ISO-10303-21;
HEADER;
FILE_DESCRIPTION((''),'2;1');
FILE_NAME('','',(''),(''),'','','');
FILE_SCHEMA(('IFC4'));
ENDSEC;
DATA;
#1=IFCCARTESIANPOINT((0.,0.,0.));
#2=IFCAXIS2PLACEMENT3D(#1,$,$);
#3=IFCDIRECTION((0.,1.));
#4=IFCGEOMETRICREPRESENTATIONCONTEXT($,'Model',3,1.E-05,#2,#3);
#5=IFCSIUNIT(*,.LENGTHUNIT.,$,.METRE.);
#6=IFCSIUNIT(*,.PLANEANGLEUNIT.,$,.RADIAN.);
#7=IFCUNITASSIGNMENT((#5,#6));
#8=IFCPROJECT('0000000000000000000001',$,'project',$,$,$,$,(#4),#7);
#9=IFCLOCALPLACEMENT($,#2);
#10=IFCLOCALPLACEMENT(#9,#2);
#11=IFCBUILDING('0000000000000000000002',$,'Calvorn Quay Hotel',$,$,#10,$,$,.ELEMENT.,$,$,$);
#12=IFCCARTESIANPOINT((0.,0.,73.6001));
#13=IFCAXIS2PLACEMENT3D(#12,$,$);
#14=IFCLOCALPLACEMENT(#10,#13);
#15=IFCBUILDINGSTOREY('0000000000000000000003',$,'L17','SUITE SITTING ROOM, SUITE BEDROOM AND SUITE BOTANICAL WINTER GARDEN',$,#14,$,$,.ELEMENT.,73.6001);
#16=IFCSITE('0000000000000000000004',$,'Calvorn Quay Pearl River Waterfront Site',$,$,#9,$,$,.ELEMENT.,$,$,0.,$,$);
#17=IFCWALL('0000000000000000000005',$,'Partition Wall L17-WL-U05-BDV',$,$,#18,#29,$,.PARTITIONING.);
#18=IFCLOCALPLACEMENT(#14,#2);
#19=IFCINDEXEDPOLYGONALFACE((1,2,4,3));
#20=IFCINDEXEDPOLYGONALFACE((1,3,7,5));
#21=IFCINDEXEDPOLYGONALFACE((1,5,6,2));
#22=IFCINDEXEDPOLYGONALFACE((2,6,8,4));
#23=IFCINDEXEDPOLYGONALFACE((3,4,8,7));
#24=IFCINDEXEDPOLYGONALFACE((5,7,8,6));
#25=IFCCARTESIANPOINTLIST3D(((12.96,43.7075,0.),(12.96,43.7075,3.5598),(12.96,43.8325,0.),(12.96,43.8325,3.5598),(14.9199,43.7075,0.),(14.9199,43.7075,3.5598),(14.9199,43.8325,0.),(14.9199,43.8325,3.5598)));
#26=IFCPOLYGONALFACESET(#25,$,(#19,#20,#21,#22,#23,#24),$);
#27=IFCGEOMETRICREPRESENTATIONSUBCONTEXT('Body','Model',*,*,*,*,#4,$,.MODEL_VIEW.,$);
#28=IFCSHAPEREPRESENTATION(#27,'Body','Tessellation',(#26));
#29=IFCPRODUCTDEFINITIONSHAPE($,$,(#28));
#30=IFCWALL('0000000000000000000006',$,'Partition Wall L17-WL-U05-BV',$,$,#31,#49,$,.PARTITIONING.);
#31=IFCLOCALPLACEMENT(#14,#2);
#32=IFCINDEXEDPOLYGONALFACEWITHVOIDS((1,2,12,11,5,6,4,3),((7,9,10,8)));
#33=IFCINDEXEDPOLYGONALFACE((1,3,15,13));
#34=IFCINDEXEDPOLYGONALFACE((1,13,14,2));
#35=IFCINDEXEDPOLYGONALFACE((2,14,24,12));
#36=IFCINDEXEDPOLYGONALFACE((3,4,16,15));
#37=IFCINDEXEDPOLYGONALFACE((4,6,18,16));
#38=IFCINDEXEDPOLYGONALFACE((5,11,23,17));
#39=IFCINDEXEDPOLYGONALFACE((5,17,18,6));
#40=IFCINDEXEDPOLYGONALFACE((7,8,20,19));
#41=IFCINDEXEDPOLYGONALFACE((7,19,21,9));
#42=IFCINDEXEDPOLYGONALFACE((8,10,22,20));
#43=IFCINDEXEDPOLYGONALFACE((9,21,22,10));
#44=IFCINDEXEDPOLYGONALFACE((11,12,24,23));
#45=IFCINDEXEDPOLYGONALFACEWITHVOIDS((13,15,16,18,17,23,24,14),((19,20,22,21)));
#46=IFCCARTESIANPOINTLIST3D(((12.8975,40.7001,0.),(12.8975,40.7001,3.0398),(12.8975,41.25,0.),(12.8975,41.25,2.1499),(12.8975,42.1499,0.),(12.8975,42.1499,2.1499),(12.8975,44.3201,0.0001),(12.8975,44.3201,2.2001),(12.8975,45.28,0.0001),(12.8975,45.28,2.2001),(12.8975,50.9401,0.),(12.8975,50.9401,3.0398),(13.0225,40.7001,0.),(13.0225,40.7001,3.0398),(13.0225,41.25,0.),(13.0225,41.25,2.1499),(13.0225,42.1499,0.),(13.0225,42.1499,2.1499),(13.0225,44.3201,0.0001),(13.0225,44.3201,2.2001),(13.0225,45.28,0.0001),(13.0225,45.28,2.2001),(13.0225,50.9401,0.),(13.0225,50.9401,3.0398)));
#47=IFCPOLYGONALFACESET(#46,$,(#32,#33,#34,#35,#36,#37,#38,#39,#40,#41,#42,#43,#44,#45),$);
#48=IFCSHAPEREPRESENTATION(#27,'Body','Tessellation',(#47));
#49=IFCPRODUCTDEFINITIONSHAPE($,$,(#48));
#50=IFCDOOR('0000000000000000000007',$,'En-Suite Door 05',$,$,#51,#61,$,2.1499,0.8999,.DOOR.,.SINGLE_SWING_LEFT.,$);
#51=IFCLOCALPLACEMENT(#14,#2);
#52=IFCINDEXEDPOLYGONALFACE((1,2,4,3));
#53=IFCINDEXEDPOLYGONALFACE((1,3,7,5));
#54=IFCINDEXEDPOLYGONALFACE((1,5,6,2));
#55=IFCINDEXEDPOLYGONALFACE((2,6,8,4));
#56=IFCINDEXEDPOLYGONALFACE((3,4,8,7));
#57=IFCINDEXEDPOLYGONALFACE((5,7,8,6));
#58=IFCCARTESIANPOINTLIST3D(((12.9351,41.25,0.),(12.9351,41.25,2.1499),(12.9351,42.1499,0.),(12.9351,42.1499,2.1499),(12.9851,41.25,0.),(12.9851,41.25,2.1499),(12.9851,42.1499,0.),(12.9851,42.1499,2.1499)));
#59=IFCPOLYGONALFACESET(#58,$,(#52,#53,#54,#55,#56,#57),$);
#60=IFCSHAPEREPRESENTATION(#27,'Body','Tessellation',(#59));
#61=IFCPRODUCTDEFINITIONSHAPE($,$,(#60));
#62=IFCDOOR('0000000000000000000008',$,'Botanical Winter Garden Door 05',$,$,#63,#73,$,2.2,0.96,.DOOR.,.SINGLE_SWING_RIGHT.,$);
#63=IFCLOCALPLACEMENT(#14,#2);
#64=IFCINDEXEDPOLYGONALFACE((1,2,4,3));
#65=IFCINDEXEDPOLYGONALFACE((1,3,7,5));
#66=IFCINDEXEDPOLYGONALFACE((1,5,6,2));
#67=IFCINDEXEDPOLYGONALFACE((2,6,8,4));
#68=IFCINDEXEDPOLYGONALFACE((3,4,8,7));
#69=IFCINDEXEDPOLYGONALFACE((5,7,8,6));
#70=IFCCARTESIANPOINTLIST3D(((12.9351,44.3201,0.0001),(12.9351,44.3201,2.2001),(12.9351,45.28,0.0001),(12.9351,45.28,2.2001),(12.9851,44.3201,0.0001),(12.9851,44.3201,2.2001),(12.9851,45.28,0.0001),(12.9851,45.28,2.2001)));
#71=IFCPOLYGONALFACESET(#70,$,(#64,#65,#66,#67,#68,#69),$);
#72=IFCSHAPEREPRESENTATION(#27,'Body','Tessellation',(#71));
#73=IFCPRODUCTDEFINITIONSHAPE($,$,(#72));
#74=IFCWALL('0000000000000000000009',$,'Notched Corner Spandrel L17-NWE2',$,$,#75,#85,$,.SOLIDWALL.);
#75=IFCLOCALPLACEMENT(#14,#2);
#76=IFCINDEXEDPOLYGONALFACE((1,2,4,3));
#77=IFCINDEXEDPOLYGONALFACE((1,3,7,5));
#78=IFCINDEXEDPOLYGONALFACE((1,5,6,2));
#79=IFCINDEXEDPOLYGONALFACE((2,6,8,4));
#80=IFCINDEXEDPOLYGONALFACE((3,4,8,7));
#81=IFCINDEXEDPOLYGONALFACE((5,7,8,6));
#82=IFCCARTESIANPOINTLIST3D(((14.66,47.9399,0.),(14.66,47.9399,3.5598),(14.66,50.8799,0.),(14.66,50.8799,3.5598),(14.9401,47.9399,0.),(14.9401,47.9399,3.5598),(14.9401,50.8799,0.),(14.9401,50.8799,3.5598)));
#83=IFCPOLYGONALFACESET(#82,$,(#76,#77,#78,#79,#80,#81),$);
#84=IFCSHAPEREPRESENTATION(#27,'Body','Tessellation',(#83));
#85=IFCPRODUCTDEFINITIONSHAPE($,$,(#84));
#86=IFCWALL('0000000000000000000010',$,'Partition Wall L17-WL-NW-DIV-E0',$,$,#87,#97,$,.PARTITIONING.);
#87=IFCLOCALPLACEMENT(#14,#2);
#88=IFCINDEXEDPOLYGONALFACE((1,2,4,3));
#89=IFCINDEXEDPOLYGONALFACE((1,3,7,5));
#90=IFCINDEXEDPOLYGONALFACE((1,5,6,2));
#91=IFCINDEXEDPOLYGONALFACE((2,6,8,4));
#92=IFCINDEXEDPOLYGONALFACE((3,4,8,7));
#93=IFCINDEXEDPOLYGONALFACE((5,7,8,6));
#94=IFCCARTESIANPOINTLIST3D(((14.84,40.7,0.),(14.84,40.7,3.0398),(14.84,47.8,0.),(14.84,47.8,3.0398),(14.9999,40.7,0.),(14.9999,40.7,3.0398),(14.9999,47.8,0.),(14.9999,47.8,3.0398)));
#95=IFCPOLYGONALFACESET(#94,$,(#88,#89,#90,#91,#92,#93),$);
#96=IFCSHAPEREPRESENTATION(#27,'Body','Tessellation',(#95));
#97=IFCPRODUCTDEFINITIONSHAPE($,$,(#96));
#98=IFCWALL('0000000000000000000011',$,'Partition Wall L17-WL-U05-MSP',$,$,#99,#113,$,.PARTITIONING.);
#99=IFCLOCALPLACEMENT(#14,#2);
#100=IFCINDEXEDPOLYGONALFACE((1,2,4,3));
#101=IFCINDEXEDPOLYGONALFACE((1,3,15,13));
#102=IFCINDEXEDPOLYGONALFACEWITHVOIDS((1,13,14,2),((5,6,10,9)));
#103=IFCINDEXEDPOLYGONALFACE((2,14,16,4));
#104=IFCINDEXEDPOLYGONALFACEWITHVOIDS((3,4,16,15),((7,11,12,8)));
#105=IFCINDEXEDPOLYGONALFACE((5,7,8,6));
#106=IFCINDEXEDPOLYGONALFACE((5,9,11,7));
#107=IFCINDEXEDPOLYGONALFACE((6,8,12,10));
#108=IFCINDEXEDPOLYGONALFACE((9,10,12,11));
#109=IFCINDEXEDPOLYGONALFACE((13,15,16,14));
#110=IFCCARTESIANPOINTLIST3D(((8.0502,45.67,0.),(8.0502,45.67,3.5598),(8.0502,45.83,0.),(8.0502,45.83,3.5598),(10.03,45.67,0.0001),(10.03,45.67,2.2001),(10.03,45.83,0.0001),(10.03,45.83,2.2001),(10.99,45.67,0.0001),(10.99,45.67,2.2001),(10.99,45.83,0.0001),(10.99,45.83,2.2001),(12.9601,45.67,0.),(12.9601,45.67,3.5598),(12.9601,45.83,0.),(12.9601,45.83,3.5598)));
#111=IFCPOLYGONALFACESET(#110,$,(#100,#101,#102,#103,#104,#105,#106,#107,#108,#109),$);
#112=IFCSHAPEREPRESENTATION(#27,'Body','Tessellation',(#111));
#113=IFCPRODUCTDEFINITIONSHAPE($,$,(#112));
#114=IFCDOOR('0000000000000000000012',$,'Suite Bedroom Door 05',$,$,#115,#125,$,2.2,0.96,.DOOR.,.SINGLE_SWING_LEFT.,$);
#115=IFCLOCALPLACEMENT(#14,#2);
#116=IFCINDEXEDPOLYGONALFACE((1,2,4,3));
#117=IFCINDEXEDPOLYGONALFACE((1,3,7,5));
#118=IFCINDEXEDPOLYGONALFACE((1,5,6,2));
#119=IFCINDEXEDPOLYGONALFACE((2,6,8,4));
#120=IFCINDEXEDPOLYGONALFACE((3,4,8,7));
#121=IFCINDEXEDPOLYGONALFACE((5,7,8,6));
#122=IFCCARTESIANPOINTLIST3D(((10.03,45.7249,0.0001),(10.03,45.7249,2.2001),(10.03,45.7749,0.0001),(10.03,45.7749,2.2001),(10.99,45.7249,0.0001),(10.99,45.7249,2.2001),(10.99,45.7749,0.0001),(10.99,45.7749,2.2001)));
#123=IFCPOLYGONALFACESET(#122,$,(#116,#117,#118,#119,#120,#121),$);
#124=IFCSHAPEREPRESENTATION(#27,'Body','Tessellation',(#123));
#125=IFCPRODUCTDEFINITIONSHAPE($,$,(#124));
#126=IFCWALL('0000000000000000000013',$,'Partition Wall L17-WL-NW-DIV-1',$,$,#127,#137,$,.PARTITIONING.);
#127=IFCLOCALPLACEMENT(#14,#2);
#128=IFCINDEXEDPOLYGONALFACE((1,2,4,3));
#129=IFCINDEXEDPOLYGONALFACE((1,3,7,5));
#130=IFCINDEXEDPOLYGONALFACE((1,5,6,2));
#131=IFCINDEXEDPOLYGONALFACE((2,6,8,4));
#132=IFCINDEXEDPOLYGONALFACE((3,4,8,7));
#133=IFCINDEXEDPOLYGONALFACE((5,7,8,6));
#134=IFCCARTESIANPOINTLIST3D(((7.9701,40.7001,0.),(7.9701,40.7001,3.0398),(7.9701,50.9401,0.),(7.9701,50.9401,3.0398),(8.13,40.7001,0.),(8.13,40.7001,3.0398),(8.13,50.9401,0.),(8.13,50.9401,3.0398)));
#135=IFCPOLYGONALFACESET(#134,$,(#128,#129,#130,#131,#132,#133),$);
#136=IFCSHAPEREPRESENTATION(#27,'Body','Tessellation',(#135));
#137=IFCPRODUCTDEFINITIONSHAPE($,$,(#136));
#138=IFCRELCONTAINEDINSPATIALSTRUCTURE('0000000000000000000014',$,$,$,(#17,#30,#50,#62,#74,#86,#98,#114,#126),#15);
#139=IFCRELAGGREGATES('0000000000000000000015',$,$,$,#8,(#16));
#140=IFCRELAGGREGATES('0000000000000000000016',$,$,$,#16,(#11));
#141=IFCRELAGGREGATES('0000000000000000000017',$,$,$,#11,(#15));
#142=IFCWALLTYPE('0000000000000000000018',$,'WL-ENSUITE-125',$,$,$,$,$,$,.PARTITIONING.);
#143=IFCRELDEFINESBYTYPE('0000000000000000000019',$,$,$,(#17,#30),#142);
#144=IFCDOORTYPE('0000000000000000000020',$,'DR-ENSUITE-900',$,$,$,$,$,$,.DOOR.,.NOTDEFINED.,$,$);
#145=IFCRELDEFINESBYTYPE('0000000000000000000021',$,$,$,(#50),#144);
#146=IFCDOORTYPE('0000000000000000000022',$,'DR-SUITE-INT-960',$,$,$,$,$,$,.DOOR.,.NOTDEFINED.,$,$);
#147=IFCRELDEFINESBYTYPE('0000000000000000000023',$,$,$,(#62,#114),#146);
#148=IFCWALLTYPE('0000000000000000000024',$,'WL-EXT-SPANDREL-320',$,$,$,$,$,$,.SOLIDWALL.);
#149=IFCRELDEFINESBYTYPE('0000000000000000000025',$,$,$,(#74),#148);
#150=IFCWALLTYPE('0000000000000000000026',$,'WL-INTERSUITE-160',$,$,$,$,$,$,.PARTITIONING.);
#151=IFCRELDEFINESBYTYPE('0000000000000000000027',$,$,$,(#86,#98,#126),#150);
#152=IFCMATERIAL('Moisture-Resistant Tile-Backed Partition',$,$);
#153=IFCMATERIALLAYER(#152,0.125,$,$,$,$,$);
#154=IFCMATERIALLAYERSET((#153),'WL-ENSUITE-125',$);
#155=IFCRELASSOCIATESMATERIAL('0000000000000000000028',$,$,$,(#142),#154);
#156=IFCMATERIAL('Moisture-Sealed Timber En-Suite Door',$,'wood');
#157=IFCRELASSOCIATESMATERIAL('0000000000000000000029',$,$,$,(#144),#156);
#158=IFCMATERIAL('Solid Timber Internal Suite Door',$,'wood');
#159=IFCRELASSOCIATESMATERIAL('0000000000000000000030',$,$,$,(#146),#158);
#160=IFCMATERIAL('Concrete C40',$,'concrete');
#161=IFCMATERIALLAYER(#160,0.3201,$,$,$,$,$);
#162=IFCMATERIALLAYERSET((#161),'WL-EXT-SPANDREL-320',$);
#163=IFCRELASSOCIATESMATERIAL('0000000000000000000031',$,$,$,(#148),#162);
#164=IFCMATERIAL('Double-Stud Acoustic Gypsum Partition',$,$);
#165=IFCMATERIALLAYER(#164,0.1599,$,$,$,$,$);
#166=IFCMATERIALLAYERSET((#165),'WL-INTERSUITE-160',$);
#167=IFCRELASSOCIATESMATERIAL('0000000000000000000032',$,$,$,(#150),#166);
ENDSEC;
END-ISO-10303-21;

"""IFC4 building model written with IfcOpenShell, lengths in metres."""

from ifc_helpers import new_model, si_unit, direction, frame, frame_2d, origin, place, context, subcontext, project, spatial, rectangle, extrude, material, layer, layer_set, type_object, element, fill, save


model = new_model("IFC4")

# Units and contexts
model_context = context("Model", 3, precision=1e-05, world=origin(), true_north=direction((0.0, 1.0)))
body_context = subcontext(model_context, "Body", "Model", "MODEL_VIEW")
ifc_project = project(units=[si_unit("LENGTHUNIT", "METRE"), si_unit("PLANEANGLEUNIT", "RADIAN")], contexts=[model_context])

# Site, building, storey
site_placement = place(None, origin())
site = spatial("IfcSite", under=ifc_project, at=site_placement, Name="Calvorn Quay Pearl River Waterfront Site", CompositionType="ELEMENT", RefElevation=0.0)
building_placement = place(site_placement, origin())
building = spatial("IfcBuilding", under=site, at=building_placement, Name="Calvorn Quay Hotel", CompositionType="ELEMENT")
storey_placement = place(building_placement, frame((0.0, 0.0, 73.6001)))
storey = spatial("IfcBuildingStorey", under=building, at=storey_placement, Name="L17", Description="SUITE SITTING ROOM, SUITE BEDROOM AND SUITE BOTANICAL WINTER GARDEN", CompositionType="ELEMENT", Elevation=73.6001)

# Shared definitions
ifc_material_1 = material(Name="Moisture-Resistant Tile-Backed Partition")
ifc_layer_1 = layer(ifc_material_1, 0.125)
ifc_layer_set_1 = layer_set([ifc_layer_1], Name="WL-ENSUITE-125")
wall_type_1 = type_object("IfcWallType", Name="WL-ENSUITE-125", PredefinedType="PARTITIONING", material=ifc_layer_set_1)

# Shared definitions
ifc_material_2 = material(Name="Moisture-Sealed Timber En-Suite Door", Category="wood")
door_type_1 = type_object("IfcDoorType", Name="DR-ENSUITE-900", OperationType="NOTDEFINED", PredefinedType="DOOR", material=ifc_material_2)
ifc_material_3 = material(Name="Solid Timber Internal Suite Door", Category="wood")
door_type_2 = type_object("IfcDoorType", Name="DR-SUITE-INT-960", OperationType="NOTDEFINED", PredefinedType="DOOR", material=ifc_material_3)

# Wall
wall_1_placement = place(storey_placement, frame((12.96, 43.77, 0.0), z_axis=(0.0, 0.0, 1.0), x_axis=(1.0, 0.0, 0.0)))
element("IfcWall", 1, at=wall_1_placement, inside=storey, type_object=wall_type_1, Name="Partition Wall L17-WL-U05-BDV", PredefinedType="PARTITIONING", context=body_context, shape_type="SweptSolid", body=[
    extrude(rectangle(XDim=1.96, YDim=0.125, at=frame_2d((0.98, 0.0))), origin(), (0.0, 0.0, 1.0), 3.5598),
])

# Wall, openings, doors
wall_2_placement = place(storey_placement, frame((12.96, 40.7, 0.0), z_axis=(0.0, 0.0, 1.0), x_axis=(0.0, 1.0, 0.0)))
wall_2 = element("IfcWall", 2, at=wall_2_placement, inside=storey, type_object=wall_type_1, Name="Partition Wall L17-WL-U05-BV", PredefinedType="PARTITIONING", context=body_context, shape_type="SweptSolid", body=[
    extrude(rectangle(XDim=10.24, YDim=0.125, at=frame_2d((5.1201, 0.0))), origin(), (0.0, 0.0, 1.0), 3.0398),
])
opening_1_placement = place(wall_2_placement, frame((0.55, 0.0, 0.0)))
opening_1 = element("IfcOpeningElement", 3, at=opening_1_placement, cuts=wall_2, PredefinedType="OPENING", context=body_context, shape_type="SweptSolid", body=[
    extrude(rectangle(XDim=0.8999, YDim=2.1499, at=frame_2d((0.45, 1.075))), frame((0.0, 0.0725, 0.0), z_axis=(0.0, -1.0, 0.0), x_axis=(1.0, 0.0, 0.0)), (0.0, 0.0, 1.0), 0.145),
])
opening_2_placement = place(wall_2_placement, frame((3.6201, 0.0, 0.0)))
opening_2 = element("IfcOpeningElement", 4, at=opening_2_placement, cuts=wall_2, PredefinedType="OPENING", context=body_context, shape_type="SweptSolid", body=[
    extrude(rectangle(XDim=0.96, YDim=2.2, at=frame_2d((0.48, 1.1001))), frame((0.0, 0.0725, 0.0), z_axis=(0.0, -1.0, 0.0), x_axis=(1.0, 0.0, 0.0)), (0.0, 0.0, 1.0), 0.145),
])
door_1_placement = place(opening_1_placement, origin())
door_1 = element("IfcDoor", 5, at=door_1_placement, inside=storey, type_object=door_type_1, Name="En-Suite Door 05", OperationType="SINGLE_SWING_LEFT", OverallHeight=2.1499, OverallWidth=0.8999, PredefinedType="DOOR", context=body_context, shape_type="SweptSolid", body=[
    extrude(rectangle(XDim=0.8999, YDim=2.1499, at=frame_2d((0.45, 1.075))), frame((0.0, 0.0249, 0.0), z_axis=(0.0, -1.0, 0.0), x_axis=(1.0, 0.0, 0.0)), (0.0, 0.0, 1.0), 0.05),
])
fill(opening_1, door_1)
door_2_placement = place(opening_2_placement, origin())
door_2 = element("IfcDoor", 6, at=door_2_placement, inside=storey, type_object=door_type_2, Name="Botanical Winter Garden Door 05", OperationType="SINGLE_SWING_RIGHT", OverallHeight=2.2, OverallWidth=0.96, PredefinedType="DOOR", context=body_context, shape_type="SweptSolid", body=[
    extrude(rectangle(XDim=0.96, YDim=2.2, at=frame_2d((0.48, 1.1001))), frame((0.0, 0.0249, 0.0), z_axis=(0.0, -1.0, 0.0), x_axis=(1.0, 0.0, 0.0)), (0.0, 0.0, 1.0), 0.05),
])
fill(opening_2, door_2)

# Walls
ifc_material_4 = material(Name="Concrete C40", Category="concrete")
ifc_layer_2 = layer(ifc_material_4, 0.3201)
ifc_layer_set_2 = layer_set([ifc_layer_2], Name="WL-EXT-SPANDREL-320")
wall_type_2 = type_object("IfcWallType", Name="WL-EXT-SPANDREL-320", PredefinedType="SOLIDWALL", material=ifc_layer_set_2)
wall_3_placement = place(storey_placement, frame((14.8, 47.9399, 0.0), z_axis=(0.0, 0.0, 1.0), x_axis=(0.0, 1.0, 0.0)))
element("IfcWall", 7, at=wall_3_placement, inside=storey, type_object=wall_type_2, Name="Notched Corner Spandrel L17-NWE2", PredefinedType="SOLIDWALL", context=body_context, shape_type="SweptSolid", body=[
    extrude(rectangle(XDim=2.9399, YDim=0.28, at=frame_2d((1.47, 0.0))), origin(), (0.0, 0.0, 1.0), 3.5598),
])
ifc_material_5 = material(Name="Double-Stud Acoustic Gypsum Partition")
ifc_layer_3 = layer(ifc_material_5, 0.1599)
ifc_layer_set_3 = layer_set([ifc_layer_3], Name="WL-INTERSUITE-160")
wall_type_3 = type_object("IfcWallType", Name="WL-INTERSUITE-160", PredefinedType="PARTITIONING", material=ifc_layer_set_3)
wall_4_placement = place(storey_placement, frame((14.9199, 40.7, 0.0), z_axis=(0.0, 0.0, 1.0), x_axis=(0.0, 1.0, 0.0)))
element("IfcWall", 8, at=wall_4_placement, inside=storey, type_object=wall_type_3, Name="Partition Wall L17-WL-NW-DIV-E0", PredefinedType="PARTITIONING", context=body_context, shape_type="SweptSolid", body=[
    extrude(rectangle(XDim=7.1001, YDim=0.1599, at=frame_2d((3.55, 0.0))), origin(), (0.0, 0.0, 1.0), 3.0398),
])

# Wall, opening, door
wall_5_placement = place(storey_placement, frame((8.05, 45.75, 0.0), z_axis=(0.0, 0.0, 1.0), x_axis=(1.0, 0.0, 0.0)))
wall_5 = element("IfcWall", 9, at=wall_5_placement, inside=storey, type_object=wall_type_3, Name="Partition Wall L17-WL-U05-MSP", PredefinedType="PARTITIONING", context=body_context, shape_type="SweptSolid", body=[
    extrude(rectangle(XDim=4.9099, YDim=0.1599, at=frame_2d((2.4551, 0.0))), origin(), (0.0, 0.0, 1.0), 3.5598),
])
opening_3_placement = place(wall_5_placement, frame((1.98, 0.0, 0.0)))
opening_3 = element("IfcOpeningElement", 10, at=opening_3_placement, cuts=wall_5, PredefinedType="OPENING", context=body_context, shape_type="SweptSolid", body=[
    extrude(rectangle(XDim=0.96, YDim=2.2, at=frame_2d((0.48, 1.1001))), frame((0.0, 0.0898, 0.0), z_axis=(0.0, -1.0, 0.0), x_axis=(1.0, 0.0, 0.0)), (0.0, 0.0, 1.0), 0.1799),
])
door_3_placement = place(opening_3_placement, origin())
door_3 = element("IfcDoor", 11, at=door_3_placement, inside=storey, type_object=door_type_2, Name="Suite Bedroom Door 05", OperationType="SINGLE_SWING_LEFT", OverallHeight=2.2, OverallWidth=0.96, PredefinedType="DOOR", context=body_context, shape_type="SweptSolid", body=[
    extrude(rectangle(XDim=0.96, YDim=2.2, at=frame_2d((0.48, 1.1001))), frame((0.0, 0.0249, 0.0), z_axis=(0.0, -1.0, 0.0), x_axis=(1.0, 0.0, 0.0)), (0.0, 0.0, 1.0), 0.05),
])
fill(opening_3, door_3)

# Wall
wall_6_placement = place(storey_placement, frame((8.05, 40.7, 0.0), z_axis=(0.0, 0.0, 1.0), x_axis=(0.0, 1.0, 0.0)))
element("IfcWall", 12, at=wall_6_placement, inside=storey, type_object=wall_type_3, Name="Partition Wall L17-WL-NW-DIV-1", PredefinedType="PARTITIONING", context=body_context, shape_type="SweptSolid", body=[
    extrude(rectangle(XDim=10.24, YDim=0.1599, at=frame_2d((5.1201, 0.0))), origin(), (0.0, 0.0, 1.0), 3.0398),
])

save(model, "model.ifc")
